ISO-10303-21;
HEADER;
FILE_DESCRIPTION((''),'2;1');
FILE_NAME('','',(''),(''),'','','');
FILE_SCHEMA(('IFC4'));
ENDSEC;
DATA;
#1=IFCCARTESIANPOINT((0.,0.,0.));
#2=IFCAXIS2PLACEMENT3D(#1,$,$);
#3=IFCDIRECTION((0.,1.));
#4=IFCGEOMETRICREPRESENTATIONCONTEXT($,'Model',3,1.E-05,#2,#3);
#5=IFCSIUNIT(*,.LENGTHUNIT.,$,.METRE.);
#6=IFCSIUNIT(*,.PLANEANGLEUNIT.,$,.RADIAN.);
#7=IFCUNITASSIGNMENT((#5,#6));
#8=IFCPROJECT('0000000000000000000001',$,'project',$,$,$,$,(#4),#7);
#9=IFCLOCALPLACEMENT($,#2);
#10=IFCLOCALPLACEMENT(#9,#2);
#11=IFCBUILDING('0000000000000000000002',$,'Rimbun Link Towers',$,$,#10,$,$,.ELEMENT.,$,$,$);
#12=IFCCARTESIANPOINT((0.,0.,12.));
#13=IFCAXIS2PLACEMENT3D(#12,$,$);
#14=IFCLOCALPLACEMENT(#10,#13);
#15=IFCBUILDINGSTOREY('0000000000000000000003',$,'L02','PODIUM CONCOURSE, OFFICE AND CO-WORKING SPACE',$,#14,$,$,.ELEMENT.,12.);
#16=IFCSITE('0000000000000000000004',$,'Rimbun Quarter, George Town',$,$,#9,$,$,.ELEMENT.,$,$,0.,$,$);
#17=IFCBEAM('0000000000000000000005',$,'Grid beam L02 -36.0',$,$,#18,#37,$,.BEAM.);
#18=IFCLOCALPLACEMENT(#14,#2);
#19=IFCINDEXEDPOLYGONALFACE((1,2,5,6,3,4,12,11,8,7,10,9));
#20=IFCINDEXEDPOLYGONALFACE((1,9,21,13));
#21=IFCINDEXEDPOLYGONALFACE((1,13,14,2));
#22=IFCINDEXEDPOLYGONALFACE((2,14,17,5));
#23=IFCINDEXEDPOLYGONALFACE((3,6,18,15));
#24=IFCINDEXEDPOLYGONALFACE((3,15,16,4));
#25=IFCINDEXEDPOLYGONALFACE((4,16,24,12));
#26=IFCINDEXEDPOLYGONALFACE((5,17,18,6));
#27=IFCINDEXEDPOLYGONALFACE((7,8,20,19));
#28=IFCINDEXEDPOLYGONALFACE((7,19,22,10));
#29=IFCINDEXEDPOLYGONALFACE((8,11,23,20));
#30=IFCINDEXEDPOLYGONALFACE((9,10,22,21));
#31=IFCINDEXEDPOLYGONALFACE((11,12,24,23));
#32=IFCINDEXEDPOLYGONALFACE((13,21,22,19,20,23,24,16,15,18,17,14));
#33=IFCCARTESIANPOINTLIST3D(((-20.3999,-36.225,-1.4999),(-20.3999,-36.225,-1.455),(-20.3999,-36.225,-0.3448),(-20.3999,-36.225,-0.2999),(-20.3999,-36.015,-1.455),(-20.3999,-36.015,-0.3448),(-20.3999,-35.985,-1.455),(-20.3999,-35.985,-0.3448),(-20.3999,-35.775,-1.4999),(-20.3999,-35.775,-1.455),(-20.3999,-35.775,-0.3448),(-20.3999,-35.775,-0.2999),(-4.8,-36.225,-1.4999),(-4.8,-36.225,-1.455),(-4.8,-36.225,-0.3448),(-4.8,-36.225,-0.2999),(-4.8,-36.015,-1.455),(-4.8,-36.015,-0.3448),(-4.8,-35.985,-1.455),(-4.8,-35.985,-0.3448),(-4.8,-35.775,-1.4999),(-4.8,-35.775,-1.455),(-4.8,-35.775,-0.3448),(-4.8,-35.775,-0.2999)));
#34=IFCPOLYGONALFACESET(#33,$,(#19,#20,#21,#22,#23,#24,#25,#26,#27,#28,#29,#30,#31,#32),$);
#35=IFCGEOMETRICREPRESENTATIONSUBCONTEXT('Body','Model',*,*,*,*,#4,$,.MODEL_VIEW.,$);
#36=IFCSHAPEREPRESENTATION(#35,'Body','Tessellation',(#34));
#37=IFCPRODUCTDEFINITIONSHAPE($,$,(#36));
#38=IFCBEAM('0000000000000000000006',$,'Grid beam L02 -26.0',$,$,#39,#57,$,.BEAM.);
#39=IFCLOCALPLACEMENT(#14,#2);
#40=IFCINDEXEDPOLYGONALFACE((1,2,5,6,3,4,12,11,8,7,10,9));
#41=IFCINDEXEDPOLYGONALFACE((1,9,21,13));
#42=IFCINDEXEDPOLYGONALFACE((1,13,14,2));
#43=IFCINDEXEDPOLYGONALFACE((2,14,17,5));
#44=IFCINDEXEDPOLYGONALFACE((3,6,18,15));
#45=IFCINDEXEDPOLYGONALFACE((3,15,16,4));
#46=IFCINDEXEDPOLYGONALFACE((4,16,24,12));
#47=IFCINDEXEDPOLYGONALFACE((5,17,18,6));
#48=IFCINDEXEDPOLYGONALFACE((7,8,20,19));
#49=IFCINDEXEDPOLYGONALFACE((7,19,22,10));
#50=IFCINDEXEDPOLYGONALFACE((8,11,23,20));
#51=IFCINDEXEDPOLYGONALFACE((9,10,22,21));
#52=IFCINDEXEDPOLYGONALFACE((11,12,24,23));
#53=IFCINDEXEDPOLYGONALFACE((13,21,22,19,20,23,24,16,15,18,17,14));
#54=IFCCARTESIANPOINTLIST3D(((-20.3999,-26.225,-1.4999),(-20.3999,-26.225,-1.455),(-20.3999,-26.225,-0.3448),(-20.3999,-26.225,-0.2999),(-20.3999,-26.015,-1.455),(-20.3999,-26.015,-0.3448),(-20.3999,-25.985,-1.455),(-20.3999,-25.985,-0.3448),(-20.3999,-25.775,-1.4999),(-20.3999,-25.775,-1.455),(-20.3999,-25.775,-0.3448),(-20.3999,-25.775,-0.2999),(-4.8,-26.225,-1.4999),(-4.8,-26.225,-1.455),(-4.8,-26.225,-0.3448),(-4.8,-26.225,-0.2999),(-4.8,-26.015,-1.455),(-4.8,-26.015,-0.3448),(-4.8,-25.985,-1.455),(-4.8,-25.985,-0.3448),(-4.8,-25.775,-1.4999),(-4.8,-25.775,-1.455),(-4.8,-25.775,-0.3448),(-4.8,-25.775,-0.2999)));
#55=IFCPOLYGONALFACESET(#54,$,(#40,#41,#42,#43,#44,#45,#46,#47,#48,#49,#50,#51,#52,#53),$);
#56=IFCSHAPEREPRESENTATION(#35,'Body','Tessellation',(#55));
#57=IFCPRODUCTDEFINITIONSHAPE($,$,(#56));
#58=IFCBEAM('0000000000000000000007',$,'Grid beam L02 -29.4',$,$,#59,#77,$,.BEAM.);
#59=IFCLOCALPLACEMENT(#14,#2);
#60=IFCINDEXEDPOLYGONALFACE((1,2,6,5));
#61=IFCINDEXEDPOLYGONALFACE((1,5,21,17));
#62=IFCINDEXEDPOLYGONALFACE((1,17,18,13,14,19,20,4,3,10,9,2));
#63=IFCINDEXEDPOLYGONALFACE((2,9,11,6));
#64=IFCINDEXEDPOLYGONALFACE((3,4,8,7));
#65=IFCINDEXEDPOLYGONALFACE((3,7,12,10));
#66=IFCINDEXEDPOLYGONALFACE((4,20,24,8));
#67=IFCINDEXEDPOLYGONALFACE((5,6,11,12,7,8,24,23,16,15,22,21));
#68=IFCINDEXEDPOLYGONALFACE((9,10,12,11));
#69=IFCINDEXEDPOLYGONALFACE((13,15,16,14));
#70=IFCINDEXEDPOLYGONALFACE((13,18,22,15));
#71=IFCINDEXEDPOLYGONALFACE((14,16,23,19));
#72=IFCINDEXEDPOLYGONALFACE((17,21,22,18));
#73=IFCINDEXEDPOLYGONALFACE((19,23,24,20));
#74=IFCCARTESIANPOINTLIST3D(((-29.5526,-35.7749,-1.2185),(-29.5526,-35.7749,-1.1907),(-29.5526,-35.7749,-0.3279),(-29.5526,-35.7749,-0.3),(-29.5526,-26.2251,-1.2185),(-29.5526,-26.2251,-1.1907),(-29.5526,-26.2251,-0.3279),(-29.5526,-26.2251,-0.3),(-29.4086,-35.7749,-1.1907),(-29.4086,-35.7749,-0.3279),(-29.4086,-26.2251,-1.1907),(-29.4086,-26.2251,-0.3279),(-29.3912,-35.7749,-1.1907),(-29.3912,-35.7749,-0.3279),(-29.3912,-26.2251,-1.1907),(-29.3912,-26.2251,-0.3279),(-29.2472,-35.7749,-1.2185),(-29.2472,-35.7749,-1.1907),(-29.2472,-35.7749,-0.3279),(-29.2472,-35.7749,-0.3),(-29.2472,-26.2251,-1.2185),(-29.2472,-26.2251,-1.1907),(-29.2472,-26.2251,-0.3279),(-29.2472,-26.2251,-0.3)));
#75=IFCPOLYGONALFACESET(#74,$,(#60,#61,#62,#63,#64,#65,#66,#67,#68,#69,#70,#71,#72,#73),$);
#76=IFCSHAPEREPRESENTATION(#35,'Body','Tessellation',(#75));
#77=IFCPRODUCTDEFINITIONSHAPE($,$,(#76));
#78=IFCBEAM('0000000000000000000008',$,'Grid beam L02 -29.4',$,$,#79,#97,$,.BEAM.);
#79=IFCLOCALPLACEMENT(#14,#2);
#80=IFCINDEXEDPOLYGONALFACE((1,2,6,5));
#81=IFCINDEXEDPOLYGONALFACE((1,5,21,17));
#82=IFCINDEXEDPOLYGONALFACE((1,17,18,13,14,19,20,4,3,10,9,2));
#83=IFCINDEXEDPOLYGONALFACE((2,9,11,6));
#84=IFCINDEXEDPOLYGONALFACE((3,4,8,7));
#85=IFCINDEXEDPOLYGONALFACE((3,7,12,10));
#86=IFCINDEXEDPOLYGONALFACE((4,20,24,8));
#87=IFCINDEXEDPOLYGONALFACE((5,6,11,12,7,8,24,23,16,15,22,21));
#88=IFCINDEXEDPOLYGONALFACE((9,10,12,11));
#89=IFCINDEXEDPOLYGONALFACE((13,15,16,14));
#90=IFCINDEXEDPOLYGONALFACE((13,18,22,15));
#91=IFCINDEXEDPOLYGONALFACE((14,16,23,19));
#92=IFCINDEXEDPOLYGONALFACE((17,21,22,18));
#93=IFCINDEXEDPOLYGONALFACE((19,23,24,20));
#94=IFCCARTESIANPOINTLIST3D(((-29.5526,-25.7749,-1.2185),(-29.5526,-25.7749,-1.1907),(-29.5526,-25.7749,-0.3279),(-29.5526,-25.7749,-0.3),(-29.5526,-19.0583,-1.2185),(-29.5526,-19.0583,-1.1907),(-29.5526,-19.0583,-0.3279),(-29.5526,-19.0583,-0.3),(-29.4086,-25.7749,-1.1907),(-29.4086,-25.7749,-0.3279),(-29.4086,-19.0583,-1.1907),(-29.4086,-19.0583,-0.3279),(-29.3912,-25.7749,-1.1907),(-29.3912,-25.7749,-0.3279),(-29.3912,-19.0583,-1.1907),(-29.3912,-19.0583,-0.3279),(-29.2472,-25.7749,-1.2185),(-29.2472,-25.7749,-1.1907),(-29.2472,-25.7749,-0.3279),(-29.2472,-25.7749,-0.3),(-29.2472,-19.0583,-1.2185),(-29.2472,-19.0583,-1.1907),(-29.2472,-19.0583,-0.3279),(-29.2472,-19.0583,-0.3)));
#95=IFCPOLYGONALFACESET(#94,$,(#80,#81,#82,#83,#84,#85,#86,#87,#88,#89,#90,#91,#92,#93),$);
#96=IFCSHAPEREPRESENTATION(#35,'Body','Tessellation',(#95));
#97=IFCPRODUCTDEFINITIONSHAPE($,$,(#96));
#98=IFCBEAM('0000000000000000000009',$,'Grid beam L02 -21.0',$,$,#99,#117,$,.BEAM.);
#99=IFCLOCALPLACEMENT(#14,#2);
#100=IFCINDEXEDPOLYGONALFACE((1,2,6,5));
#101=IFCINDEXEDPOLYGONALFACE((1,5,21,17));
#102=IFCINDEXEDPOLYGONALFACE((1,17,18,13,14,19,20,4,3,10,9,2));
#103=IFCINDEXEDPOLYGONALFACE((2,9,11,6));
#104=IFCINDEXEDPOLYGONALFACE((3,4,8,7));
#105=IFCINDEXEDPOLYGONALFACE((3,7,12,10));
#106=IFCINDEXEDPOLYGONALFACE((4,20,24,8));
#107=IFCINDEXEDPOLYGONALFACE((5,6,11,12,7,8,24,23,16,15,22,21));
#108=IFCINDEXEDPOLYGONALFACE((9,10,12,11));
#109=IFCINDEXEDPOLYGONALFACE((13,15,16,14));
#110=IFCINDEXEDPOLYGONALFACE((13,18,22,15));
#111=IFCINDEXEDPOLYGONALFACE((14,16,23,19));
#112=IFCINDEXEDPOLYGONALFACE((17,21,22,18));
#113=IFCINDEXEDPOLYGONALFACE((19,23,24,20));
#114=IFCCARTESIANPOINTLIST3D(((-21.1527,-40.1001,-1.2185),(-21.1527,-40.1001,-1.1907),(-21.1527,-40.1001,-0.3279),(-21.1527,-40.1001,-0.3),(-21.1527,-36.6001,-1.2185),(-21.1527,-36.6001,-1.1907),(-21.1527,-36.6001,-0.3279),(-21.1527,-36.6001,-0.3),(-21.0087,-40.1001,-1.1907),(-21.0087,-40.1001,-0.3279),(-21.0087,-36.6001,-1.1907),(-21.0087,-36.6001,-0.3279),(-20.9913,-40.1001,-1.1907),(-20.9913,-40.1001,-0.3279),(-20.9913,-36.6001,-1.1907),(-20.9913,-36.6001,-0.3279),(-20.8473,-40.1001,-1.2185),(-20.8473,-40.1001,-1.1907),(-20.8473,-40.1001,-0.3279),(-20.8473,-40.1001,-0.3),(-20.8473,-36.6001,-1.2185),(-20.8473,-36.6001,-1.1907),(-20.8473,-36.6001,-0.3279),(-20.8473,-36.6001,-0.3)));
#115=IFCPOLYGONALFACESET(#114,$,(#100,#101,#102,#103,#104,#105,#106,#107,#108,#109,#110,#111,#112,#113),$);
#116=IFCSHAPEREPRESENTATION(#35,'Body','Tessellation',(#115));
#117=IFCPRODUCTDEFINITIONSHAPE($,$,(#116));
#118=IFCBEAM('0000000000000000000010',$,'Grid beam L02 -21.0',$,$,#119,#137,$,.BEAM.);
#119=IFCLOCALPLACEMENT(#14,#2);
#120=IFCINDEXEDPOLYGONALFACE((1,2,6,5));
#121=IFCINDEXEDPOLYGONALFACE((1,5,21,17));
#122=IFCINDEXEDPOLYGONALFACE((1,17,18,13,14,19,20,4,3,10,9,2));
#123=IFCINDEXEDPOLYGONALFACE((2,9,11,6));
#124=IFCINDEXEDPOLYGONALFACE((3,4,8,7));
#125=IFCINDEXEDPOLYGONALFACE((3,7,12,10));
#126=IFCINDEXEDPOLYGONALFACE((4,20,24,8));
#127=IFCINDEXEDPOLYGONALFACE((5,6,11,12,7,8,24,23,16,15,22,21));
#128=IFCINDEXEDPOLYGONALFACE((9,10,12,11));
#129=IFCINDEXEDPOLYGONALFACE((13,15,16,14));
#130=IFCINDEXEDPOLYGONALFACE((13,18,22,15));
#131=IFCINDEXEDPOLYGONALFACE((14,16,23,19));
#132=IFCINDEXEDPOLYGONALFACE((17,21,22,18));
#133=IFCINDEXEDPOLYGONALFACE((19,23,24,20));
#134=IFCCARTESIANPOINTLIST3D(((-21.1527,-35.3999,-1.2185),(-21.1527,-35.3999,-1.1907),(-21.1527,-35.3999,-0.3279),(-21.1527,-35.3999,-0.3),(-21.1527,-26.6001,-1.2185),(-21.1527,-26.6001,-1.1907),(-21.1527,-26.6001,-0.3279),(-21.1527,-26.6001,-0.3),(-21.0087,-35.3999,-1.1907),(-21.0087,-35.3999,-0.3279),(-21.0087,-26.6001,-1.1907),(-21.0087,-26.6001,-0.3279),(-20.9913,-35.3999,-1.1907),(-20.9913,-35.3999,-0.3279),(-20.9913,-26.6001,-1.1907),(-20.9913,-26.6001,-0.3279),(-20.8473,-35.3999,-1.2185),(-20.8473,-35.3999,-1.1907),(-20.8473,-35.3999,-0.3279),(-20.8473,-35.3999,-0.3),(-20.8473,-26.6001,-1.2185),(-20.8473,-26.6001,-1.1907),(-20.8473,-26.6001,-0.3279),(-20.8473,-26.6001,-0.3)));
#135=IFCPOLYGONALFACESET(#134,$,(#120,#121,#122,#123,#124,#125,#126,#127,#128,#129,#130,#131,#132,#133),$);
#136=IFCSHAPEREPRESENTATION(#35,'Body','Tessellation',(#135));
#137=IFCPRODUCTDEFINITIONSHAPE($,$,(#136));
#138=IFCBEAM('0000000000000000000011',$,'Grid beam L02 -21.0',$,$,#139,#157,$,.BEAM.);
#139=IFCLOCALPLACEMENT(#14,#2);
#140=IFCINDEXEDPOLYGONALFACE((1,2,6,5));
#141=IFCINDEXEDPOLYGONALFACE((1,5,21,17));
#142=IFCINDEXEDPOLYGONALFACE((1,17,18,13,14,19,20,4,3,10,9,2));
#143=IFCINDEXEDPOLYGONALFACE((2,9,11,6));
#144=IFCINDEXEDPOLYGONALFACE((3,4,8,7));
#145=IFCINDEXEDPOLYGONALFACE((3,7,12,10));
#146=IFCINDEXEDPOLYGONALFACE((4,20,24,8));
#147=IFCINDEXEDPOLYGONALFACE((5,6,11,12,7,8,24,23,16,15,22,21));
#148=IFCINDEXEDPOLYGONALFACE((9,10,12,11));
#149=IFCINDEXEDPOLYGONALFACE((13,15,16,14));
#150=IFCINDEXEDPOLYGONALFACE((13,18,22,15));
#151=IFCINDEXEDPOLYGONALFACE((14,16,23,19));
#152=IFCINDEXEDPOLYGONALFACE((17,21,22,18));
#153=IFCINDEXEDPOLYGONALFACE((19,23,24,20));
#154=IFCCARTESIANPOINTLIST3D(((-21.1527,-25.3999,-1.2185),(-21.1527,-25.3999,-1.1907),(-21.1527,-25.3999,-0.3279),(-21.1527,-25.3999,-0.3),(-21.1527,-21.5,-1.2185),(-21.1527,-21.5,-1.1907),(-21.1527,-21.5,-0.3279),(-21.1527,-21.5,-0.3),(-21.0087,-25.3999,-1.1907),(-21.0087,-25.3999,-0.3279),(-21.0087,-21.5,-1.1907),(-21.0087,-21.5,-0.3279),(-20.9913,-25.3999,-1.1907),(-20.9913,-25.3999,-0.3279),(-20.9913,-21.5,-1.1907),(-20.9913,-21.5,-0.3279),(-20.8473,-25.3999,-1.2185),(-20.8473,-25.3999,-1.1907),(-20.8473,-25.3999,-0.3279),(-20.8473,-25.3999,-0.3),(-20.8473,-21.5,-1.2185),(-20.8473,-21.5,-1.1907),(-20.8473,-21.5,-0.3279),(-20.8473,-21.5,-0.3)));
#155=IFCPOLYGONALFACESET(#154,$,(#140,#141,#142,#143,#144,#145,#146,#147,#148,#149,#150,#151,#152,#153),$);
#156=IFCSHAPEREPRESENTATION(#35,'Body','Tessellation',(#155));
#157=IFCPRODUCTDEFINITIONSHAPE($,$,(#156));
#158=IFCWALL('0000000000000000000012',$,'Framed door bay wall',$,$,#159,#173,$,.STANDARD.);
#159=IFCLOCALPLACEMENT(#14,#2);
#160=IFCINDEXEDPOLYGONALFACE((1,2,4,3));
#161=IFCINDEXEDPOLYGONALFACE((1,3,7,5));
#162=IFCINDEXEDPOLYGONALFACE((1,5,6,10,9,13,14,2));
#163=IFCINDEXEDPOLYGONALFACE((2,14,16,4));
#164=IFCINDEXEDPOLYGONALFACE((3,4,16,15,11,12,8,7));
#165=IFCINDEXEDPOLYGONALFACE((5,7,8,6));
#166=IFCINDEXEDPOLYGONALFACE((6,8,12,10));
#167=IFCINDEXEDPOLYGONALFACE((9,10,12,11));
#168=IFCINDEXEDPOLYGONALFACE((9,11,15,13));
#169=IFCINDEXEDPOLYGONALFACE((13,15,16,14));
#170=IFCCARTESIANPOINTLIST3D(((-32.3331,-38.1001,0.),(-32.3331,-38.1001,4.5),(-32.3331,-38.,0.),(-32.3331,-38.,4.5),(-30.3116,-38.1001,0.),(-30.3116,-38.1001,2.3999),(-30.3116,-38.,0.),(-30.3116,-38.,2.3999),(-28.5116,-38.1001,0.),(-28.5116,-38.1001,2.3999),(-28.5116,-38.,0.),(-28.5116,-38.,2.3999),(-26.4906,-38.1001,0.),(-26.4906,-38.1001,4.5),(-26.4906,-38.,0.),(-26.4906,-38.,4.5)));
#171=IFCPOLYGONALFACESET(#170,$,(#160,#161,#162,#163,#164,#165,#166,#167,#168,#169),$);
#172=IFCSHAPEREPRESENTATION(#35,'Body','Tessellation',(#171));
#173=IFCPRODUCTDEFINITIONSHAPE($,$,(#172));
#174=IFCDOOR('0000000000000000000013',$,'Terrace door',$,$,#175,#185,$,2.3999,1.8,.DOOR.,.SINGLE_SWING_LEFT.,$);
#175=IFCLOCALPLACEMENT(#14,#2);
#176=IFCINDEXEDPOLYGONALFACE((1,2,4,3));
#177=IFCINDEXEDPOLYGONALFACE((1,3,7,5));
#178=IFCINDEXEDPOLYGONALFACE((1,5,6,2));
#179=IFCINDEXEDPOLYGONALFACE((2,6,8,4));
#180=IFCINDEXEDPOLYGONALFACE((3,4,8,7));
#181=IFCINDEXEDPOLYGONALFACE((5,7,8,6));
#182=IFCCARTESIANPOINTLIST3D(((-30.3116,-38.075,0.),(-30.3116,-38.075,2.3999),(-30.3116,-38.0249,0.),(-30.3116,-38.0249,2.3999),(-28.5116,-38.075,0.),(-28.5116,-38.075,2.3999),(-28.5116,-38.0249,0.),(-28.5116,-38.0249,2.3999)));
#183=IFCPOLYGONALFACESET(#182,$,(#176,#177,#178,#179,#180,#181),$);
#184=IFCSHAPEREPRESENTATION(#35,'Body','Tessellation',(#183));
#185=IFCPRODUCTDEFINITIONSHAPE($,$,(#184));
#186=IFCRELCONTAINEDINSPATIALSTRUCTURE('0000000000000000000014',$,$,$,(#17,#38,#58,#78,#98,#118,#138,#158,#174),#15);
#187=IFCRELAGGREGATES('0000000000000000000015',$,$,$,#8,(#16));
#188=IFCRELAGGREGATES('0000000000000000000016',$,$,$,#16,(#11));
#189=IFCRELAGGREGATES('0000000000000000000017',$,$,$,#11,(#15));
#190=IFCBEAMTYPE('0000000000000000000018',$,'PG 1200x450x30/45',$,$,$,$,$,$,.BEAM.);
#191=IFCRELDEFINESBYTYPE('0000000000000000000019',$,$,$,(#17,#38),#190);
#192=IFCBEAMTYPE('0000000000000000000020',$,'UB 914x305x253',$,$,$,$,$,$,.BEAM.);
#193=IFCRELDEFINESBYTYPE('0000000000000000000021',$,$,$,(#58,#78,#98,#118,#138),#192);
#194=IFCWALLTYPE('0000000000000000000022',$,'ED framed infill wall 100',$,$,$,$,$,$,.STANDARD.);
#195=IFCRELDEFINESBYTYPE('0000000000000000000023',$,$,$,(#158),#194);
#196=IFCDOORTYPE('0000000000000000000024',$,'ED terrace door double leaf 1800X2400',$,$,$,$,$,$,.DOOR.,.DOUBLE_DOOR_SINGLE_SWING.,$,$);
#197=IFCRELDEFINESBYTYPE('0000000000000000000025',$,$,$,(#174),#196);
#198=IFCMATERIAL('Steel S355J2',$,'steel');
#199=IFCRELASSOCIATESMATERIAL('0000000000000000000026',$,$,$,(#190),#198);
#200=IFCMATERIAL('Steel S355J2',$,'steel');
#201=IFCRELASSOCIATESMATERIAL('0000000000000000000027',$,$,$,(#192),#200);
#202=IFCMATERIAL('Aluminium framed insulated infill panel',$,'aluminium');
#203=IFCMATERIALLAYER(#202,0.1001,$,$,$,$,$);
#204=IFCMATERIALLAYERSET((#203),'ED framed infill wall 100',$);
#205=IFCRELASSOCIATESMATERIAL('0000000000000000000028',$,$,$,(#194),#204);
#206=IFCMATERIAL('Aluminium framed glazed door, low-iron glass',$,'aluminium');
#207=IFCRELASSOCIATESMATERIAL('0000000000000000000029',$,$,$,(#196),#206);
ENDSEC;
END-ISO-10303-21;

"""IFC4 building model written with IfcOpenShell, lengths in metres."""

from ifc_helpers import new_model, si_unit, direction, frame, frame_2d, origin, origin_2d, place, context, subcontext, project, spatial, rectangle, i_section, extrude, material, layer, layer_set, material_profile, profile_set, type_object, element, fill, save


model = new_model("IFC4")

# Units and contexts
model_context = context("Model", 3, precision=1e-05, world=origin(), true_north=direction((0.0, 1.0)))
body_context = subcontext(model_context, "Body", "Model", "MODEL_VIEW")
ifc_project = project(units=[si_unit("LENGTHUNIT", "METRE"), si_unit("PLANEANGLEUNIT", "RADIAN")], contexts=[model_context])

# Site, building, storey
site_placement = place(None, origin())
site = spatial("IfcSite", under=ifc_project, at=site_placement, Name="Rimbun Quarter, George Town", CompositionType="ELEMENT", RefElevation=0.0)
building_placement = place(site_placement, origin())
building = spatial("IfcBuilding", under=site, at=building_placement, Name="Rimbun Link Towers", CompositionType="ELEMENT")
storey_placement = place(building_placement, frame((0.0, 0.0, 12.0)))
storey = spatial("IfcBuildingStorey", under=building, at=storey_placement, Name="L02", Description="PODIUM CONCOURSE, OFFICE AND CO-WORKING SPACE", CompositionType="ELEMENT", Elevation=12.0)

# Beams
ifc_material_1 = material(Name="Steel S355J2", Category="steel")
ifc_material_profile_1 = material_profile(ifc_material_1, i_section(OverallWidth=0.45, OverallDepth=1.2, WebThickness=0.03, FlangeThickness=0.0449, at=origin_2d()), Name="PG 1200x450x30/45")
ifc_profile_set_1 = profile_set([ifc_material_profile_1], Name="Steel S355J2")
beam_type_1 = type_object("IfcBeamType", Name="PG 1200x450x30/45", PredefinedType="BEAM", material=ifc_profile_set_1)
for number, where, z_axis, x_axis, name in (
    (1, (-20.3999, -36.0, -0.8999), (1.0, 0.0, 0.0), (0.0, 1.0, 0.0), "Grid beam L02 -36.0"),
    (2, (-20.3999, -26.0, -0.8999), (1.0, 0.0, 0.0), (0.0, 1.0, 0.0), "Grid beam L02 -26.0"),
):
    element("IfcBeam", number, at=place(storey_placement, frame(where, z_axis=z_axis, x_axis=x_axis)), inside=storey, type_object=beam_type_1, Name=name, PredefinedType="BEAM", context=body_context, shape_type="SweptSolid", body=[
        extrude(i_section(OverallWidth=0.45, OverallDepth=1.2, WebThickness=0.03, FlangeThickness=0.0449, at=origin_2d()), origin(), (0.0, 0.0, 1.0), 15.5999),
    ])
ifc_material_2 = material(Name="Steel S355J2", Category="steel")
ifc_material_profile_2 = material_profile(ifc_material_2, i_section(OverallWidth=0.3054, OverallDepth=0.9185, WebThickness=0.0173, FlangeThickness=0.0278, at=origin_2d()), Name="UB 914x305x253")
ifc_profile_set_2 = profile_set([ifc_material_profile_2], Name="Steel S355J2")
beam_type_2 = type_object("IfcBeamType", Name="UB 914x305x253", PredefinedType="BEAM", material=ifc_profile_set_2)
beam_1_placement = place(storey_placement, frame((-29.3999, -35.7749, -0.7593), z_axis=(0.0, 1.0, 0.0), x_axis=(-1.0, 0.0, 0.0)))
element("IfcBeam", 3, at=beam_1_placement, inside=storey, type_object=beam_type_2, Name="Grid beam L02 -29.4", PredefinedType="BEAM", context=body_context, shape_type="SweptSolid", body=[
    extrude(i_section(OverallWidth=0.3054, OverallDepth=0.9185, WebThickness=0.0173, FlangeThickness=0.0278, at=origin_2d()), origin(), (0.0, 0.0, 1.0), 9.5498),
])
beam_2_placement = place(storey_placement, frame((-29.3999, -25.7749, -0.7593), z_axis=(0.0, 1.0, 0.0), x_axis=(-1.0, 0.0, 0.0)))
element("IfcBeam", 4, at=beam_2_placement, inside=storey, type_object=beam_type_2, Name="Grid beam L02 -29.4", PredefinedType="BEAM", context=body_context, shape_type="SweptSolid", body=[
    extrude(i_section(OverallWidth=0.3054, OverallDepth=0.9185, WebThickness=0.0173, FlangeThickness=0.0278, at=origin_2d()), origin(), (0.0, 0.0, 1.0), 6.7166),
])
beam_3_placement = place(storey_placement, frame((-21.0, -40.1001, -0.7593), z_axis=(0.0, 1.0, 0.0), x_axis=(-1.0, 0.0, 0.0)))
element("IfcBeam", 5, at=beam_3_placement, inside=storey, type_object=beam_type_2, Name="Grid beam L02 -21.0", PredefinedType="BEAM", context=body_context, shape_type="SweptSolid", body=[
    extrude(i_section(OverallWidth=0.3054, OverallDepth=0.9185, WebThickness=0.0173, FlangeThickness=0.0278, at=origin_2d()), origin(), (0.0, 0.0, 1.0), 3.5),
])
beam_4_placement = place(storey_placement, frame((-21.0, -35.3999, -0.7593), z_axis=(0.0, 1.0, 0.0), x_axis=(-1.0, 0.0, 0.0)))
element("IfcBeam", 6, at=beam_4_placement, inside=storey, type_object=beam_type_2, Name="Grid beam L02 -21.0", PredefinedType="BEAM", context=body_context, shape_type="SweptSolid", body=[
    extrude(i_section(OverallWidth=0.3054, OverallDepth=0.9185, WebThickness=0.0173, FlangeThickness=0.0278, at=origin_2d()), origin(), (0.0, 0.0, 1.0), 8.7998),
])
beam_5_placement = place(storey_placement, frame((-21.0, -25.3999, -0.7593), z_axis=(0.0, 1.0, 0.0), x_axis=(-1.0, 0.0, 0.0)))
element("IfcBeam", 7, at=beam_5_placement, inside=storey, type_object=beam_type_2, Name="Grid beam L02 -21.0", PredefinedType="BEAM", context=body_context, shape_type="SweptSolid", body=[
    extrude(i_section(OverallWidth=0.3054, OverallDepth=0.9185, WebThickness=0.0173, FlangeThickness=0.0278, at=origin_2d()), origin(), (0.0, 0.0, 1.0), 3.8999),
])

# Wall, opening, door
ifc_material_3 = material(Name="Aluminium framed insulated infill panel", Category="aluminium")
ifc_layer_1 = layer(ifc_material_3, 0.1001)
ifc_layer_set_1 = layer_set([ifc_layer_1], Name="ED framed infill wall 100")
wall_type_1 = type_object("IfcWallType", Name="ED framed infill wall 100", PredefinedType="STANDARD", material=ifc_layer_set_1)
wall_1_placement = place(storey_placement, frame((-26.4905, -38.05, 0.0), z_axis=(0.0, 0.0, 1.0), x_axis=(-1.0, 0.0, 0.0)))
wall_1 = element("IfcWall", 8, at=wall_1_placement, inside=storey, type_object=wall_type_1, Name="Framed door bay wall", PredefinedType="STANDARD", context=body_context, shape_type="SweptSolid", body=[
    extrude(rectangle(XDim=5.8425, YDim=0.1001, at=frame_2d((2.9214, 0.0))), origin(), (0.0, 0.0, 1.0), 4.5),
])
opening_1_placement = place(wall_1_placement, frame((2.0212, 0.0, 0.0)))
opening_1 = element("IfcOpeningElement", 9, at=opening_1_placement, cuts=wall_1, PredefinedType="OPENING", context=body_context, shape_type="SweptSolid", body=[
    extrude(rectangle(XDim=1.8, YDim=2.3999, at=frame_2d((0.8999, 1.2))), frame((0.0, 0.0601, 0.0), z_axis=(0.0, -1.0, 0.0), x_axis=(1.0, 0.0, 0.0)), (0.0, 0.0, 1.0), 0.1201),
])
ifc_material_4 = material(Name="Aluminium framed glazed door, low-iron glass", Category="aluminium")
door_type_1 = type_object("IfcDoorType", Name="ED terrace door double leaf 1800X2400", OperationType="DOUBLE_DOOR_SINGLE_SWING", PredefinedType="DOOR", material=ifc_material_4)
door_1_placement = place(opening_1_placement, origin())
door_1 = element("IfcDoor", 10, at=door_1_placement, inside=storey, type_object=door_type_1, Name="Terrace door", OperationType="SINGLE_SWING_LEFT", OverallHeight=2.3999, OverallWidth=1.8, PredefinedType="DOOR", context=body_context, shape_type="SweptSolid", body=[
    extrude(rectangle(XDim=1.8, YDim=2.3999, at=frame_2d((0.8999, 1.2))), frame((0.0, 0.0249, 0.0), z_axis=(0.0, -1.0, 0.0), x_axis=(1.0, 0.0, 0.0)), (0.0, 0.0, 1.0), 0.05),
])
fill(opening_1, door_1)

save(model, "model.ifc")
